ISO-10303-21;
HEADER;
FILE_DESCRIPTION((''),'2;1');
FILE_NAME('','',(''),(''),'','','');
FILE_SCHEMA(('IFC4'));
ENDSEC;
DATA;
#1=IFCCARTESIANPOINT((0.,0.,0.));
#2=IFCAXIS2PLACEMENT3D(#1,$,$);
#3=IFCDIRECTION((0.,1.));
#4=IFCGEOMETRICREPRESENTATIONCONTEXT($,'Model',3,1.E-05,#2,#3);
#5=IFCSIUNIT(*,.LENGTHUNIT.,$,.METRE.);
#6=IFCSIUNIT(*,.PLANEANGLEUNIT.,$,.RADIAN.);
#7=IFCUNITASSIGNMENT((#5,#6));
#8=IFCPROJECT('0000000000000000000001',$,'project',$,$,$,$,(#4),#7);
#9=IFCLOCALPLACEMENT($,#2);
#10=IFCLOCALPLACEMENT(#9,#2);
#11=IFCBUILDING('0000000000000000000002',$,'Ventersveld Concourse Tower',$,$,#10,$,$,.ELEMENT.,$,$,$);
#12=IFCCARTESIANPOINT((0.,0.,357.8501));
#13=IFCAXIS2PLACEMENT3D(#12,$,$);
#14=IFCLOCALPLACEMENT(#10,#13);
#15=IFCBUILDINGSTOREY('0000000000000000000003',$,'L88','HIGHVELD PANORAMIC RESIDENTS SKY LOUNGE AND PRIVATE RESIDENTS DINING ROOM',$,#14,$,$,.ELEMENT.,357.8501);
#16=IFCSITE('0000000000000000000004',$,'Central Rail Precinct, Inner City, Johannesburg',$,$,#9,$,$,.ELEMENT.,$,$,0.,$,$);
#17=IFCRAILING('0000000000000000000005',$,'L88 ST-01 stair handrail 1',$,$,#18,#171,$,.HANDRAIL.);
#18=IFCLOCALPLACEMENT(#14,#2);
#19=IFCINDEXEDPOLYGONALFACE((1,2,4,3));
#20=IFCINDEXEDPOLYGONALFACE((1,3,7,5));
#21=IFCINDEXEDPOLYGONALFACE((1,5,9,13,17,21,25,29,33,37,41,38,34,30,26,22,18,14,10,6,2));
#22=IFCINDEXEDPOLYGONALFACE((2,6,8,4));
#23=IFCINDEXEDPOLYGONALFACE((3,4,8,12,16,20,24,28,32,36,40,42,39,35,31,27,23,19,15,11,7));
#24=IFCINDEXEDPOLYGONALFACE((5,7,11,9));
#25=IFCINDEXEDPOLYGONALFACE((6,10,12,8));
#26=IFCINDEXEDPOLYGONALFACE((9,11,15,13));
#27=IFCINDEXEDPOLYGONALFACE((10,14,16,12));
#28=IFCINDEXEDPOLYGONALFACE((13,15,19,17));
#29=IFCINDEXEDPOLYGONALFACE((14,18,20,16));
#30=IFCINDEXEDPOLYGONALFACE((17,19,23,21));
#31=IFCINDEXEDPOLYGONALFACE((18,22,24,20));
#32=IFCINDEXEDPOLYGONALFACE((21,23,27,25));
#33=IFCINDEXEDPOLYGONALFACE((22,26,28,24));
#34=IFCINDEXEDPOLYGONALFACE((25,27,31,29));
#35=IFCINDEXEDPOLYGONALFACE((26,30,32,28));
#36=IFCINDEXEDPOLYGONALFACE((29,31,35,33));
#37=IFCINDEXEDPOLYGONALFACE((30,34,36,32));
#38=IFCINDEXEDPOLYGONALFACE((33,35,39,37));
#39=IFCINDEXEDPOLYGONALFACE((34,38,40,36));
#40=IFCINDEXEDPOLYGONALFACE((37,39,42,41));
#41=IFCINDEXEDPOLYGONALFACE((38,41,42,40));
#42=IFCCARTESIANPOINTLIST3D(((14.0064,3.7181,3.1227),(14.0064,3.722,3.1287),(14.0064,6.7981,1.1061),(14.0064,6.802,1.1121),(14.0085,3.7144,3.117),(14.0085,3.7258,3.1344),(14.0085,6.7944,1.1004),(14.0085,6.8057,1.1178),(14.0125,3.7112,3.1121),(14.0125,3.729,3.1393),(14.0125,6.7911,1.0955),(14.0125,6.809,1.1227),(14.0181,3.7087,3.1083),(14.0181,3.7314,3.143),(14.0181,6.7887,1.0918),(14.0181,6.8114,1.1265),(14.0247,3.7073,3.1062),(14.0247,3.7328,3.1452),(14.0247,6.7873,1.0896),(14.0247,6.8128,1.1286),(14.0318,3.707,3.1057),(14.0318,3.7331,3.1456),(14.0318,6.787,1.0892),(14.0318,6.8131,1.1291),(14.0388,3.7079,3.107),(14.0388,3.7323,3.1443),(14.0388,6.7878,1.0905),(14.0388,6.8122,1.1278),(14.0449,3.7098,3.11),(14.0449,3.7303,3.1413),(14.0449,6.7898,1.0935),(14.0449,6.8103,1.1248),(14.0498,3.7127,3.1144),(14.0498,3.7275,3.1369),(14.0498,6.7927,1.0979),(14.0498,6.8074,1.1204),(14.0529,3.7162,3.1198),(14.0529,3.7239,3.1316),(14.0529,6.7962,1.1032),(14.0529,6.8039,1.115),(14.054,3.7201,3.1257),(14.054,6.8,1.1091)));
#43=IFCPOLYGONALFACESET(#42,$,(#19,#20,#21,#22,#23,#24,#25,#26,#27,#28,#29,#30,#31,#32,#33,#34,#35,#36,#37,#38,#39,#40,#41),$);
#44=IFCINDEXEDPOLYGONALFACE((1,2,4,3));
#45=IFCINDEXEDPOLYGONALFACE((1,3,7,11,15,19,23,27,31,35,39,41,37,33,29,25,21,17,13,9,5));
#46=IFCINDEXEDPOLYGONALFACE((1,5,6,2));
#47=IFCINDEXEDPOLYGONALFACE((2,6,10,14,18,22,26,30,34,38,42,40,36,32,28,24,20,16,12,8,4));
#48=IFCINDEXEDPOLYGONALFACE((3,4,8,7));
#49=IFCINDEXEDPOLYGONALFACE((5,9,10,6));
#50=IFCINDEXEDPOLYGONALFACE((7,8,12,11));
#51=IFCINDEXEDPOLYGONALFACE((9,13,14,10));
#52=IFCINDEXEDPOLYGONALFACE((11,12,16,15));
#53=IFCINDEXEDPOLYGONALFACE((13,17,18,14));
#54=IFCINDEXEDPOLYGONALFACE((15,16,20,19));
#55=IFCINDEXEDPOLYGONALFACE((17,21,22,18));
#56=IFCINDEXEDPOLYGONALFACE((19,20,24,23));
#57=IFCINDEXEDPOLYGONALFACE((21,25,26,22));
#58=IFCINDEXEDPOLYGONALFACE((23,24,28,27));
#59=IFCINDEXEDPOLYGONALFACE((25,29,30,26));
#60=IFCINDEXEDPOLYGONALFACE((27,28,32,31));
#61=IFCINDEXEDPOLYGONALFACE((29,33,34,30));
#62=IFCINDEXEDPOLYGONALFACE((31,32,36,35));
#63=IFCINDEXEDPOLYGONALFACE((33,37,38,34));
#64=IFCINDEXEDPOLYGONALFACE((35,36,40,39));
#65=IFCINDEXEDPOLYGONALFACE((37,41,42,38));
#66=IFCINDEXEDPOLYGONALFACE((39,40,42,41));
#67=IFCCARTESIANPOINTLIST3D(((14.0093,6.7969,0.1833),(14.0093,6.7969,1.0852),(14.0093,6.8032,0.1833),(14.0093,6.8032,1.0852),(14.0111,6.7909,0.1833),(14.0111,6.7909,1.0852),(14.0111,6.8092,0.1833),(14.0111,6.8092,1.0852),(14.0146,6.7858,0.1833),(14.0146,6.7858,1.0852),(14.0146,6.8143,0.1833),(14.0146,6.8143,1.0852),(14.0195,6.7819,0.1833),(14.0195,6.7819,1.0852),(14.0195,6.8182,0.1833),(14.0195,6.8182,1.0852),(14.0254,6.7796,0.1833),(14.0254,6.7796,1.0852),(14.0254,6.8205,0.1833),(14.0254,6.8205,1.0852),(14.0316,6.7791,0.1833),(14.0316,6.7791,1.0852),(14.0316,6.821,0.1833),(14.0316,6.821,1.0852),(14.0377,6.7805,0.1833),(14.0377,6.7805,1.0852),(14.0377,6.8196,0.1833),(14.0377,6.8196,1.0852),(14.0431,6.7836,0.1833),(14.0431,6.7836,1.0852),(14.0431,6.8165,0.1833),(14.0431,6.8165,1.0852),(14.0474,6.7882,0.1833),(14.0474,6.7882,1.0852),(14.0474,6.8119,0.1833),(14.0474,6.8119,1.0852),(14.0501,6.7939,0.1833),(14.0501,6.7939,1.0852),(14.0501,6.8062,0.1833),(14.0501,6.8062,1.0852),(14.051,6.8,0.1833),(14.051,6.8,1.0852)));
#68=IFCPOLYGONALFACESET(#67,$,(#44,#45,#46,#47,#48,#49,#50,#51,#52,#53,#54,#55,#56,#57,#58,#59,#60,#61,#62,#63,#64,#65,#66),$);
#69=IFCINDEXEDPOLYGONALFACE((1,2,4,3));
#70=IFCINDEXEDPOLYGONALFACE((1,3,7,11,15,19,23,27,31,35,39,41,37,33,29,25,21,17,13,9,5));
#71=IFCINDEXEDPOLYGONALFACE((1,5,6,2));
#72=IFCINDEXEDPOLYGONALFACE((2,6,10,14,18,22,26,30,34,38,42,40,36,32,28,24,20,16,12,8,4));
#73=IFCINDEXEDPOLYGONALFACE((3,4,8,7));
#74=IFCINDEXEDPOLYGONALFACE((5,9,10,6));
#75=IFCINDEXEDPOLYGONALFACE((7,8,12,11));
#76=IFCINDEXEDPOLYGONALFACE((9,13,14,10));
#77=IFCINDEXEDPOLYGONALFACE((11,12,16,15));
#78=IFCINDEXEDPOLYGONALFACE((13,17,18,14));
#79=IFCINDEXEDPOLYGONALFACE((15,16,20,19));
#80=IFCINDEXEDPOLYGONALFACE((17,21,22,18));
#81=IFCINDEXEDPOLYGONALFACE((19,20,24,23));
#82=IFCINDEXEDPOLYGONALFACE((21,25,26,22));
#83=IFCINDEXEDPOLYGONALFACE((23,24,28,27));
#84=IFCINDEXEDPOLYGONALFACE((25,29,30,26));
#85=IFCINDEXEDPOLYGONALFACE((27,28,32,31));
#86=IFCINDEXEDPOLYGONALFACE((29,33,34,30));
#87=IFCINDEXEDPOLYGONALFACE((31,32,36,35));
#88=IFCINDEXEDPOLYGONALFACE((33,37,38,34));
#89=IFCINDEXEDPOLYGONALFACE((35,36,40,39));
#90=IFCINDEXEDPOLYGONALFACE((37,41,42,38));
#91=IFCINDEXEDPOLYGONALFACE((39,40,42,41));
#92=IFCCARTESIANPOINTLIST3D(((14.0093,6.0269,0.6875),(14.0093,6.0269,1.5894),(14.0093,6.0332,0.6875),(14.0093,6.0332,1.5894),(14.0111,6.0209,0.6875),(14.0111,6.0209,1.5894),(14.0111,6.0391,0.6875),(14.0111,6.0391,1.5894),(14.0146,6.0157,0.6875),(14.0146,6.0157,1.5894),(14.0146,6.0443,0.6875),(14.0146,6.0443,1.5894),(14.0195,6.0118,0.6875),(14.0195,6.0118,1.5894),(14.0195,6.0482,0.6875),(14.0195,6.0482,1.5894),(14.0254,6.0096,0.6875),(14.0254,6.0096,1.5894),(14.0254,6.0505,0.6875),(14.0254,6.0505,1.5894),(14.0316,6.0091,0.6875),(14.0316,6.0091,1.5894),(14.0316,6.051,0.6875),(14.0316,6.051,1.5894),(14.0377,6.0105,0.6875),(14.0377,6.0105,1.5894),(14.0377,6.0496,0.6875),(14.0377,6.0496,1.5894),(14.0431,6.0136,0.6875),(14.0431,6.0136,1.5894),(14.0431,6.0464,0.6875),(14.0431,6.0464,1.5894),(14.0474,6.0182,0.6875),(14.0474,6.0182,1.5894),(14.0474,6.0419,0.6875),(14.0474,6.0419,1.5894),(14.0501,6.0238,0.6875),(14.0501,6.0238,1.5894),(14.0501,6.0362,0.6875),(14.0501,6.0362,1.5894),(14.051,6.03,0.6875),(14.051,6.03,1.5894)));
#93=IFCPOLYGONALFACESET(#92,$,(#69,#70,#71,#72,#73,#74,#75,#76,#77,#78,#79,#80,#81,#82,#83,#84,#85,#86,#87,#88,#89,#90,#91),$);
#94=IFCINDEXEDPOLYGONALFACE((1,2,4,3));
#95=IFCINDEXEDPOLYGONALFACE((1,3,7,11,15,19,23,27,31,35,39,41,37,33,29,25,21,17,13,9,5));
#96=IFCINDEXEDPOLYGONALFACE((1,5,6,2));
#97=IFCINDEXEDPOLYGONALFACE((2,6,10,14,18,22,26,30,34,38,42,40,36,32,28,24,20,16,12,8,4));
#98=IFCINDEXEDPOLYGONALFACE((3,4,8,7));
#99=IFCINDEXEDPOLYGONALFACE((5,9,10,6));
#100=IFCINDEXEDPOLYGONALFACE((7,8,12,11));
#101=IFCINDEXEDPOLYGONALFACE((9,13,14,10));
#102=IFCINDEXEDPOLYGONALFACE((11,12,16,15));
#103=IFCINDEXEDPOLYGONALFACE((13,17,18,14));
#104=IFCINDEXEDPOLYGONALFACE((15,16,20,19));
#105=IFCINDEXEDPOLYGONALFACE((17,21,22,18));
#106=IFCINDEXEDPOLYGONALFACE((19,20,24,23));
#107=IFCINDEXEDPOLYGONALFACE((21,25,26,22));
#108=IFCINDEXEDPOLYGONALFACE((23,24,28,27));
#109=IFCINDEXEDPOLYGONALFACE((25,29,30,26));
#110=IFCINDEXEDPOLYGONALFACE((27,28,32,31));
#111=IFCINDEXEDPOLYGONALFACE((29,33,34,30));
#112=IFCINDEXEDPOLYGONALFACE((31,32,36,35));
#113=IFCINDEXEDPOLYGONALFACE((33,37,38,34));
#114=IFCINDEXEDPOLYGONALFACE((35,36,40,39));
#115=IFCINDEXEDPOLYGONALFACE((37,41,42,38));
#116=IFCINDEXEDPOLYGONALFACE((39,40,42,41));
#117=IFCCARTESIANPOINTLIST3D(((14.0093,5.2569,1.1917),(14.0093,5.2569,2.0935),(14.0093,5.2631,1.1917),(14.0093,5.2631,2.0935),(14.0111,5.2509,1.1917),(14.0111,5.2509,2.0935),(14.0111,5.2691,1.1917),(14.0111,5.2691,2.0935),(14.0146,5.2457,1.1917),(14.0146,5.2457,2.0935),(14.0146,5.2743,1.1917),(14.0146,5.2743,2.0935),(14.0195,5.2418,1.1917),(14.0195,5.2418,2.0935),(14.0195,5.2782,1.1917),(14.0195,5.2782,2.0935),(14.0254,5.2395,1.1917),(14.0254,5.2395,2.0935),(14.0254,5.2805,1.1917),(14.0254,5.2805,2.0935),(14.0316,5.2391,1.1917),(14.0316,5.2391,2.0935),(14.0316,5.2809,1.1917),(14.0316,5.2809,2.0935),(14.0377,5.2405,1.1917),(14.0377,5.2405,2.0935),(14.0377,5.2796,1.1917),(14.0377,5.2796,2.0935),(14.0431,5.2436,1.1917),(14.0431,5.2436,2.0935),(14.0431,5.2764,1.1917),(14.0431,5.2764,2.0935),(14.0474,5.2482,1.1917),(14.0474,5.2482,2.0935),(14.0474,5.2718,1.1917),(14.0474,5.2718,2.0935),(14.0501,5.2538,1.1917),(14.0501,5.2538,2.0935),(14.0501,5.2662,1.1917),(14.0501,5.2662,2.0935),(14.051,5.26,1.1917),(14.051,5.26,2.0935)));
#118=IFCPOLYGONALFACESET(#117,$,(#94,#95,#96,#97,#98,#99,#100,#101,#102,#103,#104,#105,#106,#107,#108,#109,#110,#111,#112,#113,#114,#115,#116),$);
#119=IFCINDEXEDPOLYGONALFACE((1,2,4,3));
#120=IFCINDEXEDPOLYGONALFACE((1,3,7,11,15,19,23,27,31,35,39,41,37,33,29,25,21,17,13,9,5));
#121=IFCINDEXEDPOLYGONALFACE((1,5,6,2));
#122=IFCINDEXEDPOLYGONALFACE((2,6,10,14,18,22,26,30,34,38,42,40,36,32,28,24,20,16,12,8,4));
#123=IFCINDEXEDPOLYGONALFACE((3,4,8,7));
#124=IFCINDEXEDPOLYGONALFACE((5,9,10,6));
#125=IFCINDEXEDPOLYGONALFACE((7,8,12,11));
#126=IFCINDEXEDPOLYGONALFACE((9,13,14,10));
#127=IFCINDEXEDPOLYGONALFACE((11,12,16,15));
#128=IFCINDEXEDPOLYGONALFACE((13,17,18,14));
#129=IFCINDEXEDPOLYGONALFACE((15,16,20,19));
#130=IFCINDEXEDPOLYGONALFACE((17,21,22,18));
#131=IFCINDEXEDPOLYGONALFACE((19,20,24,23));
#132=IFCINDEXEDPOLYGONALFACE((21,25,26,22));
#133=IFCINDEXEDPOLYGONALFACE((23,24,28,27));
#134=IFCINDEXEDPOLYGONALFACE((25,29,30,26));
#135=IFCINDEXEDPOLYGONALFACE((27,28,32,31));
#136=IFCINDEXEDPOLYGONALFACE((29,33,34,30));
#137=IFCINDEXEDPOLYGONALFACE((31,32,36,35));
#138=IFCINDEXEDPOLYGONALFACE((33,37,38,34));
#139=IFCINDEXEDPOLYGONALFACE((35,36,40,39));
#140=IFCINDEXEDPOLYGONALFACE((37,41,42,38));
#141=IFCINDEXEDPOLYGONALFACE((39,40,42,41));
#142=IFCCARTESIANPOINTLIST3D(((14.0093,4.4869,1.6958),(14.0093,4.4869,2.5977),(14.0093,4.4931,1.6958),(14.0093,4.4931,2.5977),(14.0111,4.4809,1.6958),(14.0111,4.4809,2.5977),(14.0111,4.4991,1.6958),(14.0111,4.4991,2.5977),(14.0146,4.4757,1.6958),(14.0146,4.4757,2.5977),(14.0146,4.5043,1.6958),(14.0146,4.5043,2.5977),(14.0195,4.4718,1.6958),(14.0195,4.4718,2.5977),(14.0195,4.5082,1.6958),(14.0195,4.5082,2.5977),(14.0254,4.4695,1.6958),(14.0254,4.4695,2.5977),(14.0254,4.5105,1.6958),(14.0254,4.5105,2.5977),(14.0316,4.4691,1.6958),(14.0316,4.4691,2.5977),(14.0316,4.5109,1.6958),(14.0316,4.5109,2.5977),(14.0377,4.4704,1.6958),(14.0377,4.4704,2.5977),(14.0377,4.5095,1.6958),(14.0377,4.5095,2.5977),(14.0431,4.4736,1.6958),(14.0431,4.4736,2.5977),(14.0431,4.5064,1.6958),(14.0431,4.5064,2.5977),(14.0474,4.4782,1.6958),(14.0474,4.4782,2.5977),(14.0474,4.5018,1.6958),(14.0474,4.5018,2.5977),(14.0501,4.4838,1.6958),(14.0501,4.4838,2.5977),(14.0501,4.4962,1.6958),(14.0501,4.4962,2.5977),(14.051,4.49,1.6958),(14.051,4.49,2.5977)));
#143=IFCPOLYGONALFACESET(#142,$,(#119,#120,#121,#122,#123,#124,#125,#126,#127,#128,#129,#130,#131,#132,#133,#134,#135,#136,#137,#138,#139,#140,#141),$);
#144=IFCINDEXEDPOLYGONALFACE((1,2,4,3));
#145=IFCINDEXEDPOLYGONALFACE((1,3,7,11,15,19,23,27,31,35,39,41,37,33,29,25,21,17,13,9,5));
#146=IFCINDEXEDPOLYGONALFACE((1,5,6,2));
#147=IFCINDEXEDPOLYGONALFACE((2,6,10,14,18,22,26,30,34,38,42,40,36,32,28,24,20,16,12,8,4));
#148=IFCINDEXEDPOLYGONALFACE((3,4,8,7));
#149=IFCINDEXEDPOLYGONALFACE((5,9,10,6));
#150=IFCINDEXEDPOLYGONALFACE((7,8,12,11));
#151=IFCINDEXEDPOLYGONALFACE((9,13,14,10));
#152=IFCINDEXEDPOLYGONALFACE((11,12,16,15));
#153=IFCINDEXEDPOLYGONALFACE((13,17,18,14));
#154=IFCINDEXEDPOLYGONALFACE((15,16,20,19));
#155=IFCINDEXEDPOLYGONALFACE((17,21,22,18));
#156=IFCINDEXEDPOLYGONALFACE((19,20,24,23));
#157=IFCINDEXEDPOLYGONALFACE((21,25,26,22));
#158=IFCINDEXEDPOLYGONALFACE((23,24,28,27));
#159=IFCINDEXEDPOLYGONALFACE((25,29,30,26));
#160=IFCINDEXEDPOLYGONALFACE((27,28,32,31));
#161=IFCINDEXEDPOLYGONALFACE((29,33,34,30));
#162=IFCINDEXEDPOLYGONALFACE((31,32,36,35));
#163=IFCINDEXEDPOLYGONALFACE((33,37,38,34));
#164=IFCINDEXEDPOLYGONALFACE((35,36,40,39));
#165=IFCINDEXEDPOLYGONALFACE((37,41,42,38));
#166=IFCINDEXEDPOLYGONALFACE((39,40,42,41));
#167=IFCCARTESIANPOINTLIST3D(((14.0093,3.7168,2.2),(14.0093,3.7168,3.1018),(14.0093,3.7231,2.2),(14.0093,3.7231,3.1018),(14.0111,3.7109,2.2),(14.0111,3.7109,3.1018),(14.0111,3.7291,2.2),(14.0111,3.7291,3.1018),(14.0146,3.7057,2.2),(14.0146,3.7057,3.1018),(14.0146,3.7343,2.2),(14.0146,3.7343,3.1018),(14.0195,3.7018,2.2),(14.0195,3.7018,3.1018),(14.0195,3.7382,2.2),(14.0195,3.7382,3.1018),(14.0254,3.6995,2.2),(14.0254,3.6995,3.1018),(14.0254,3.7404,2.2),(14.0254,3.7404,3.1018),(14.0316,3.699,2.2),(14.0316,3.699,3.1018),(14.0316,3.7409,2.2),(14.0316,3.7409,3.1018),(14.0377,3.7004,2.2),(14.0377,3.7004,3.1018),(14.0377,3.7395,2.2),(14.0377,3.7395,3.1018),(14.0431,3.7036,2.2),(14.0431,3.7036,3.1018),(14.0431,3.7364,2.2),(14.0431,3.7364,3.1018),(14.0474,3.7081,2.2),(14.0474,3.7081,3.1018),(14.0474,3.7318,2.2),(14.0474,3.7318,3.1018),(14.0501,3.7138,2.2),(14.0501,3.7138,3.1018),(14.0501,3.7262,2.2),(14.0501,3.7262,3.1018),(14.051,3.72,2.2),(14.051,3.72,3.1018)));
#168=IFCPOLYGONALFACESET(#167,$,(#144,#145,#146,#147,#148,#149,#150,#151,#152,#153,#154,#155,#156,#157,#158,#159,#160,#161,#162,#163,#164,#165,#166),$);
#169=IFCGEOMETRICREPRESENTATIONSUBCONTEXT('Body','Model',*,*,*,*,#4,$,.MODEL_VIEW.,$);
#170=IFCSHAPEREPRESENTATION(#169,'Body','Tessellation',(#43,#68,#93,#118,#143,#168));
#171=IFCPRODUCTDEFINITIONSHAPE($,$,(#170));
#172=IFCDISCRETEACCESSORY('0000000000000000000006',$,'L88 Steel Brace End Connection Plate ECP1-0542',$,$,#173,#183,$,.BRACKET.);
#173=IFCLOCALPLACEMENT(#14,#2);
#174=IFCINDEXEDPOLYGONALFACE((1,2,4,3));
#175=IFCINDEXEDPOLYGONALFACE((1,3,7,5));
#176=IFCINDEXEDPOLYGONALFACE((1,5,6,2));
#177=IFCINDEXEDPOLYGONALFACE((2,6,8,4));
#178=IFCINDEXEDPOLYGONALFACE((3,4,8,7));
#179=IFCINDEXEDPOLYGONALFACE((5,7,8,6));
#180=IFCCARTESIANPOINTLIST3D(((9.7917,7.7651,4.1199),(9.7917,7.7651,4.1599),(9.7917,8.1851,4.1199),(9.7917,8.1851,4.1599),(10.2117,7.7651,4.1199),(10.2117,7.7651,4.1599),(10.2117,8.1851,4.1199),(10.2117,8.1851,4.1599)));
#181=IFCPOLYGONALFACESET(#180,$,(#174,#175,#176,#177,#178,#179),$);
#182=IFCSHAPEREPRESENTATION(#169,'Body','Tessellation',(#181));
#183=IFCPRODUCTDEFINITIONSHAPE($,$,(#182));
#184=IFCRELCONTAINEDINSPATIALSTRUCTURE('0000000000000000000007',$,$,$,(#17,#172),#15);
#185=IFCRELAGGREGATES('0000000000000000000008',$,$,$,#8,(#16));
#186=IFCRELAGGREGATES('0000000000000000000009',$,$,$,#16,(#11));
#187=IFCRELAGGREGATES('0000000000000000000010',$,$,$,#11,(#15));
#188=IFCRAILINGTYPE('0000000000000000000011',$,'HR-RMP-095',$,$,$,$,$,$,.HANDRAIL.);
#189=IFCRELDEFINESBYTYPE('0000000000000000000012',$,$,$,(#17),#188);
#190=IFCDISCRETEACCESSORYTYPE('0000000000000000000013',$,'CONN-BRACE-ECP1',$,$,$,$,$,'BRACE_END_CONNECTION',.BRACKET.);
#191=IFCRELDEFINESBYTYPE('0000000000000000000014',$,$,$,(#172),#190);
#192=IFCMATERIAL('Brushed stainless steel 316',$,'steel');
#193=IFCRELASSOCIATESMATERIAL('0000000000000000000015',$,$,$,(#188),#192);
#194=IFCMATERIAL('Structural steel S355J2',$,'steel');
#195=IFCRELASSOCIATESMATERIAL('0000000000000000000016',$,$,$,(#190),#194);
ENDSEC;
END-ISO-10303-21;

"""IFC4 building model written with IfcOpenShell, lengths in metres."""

from ifc_helpers import new_model, si_unit, direction, frame, origin, origin_2d, place, context, subcontext, project, spatial, rectangle, circle, extrude, material, type_object, element, save


model = new_model("IFC4")

# Units and contexts
model_context = context("Model", 3, precision=1e-05, world=origin(), true_north=direction((0.0, 1.0)))
body_context = subcontext(model_context, "Body", "Model", "MODEL_VIEW")
ifc_project = project(units=[si_unit("LENGTHUNIT", "METRE"), si_unit("PLANEANGLEUNIT", "RADIAN")], contexts=[model_context])

# Site, building, storey
site_placement = place(None, origin())
site = spatial("IfcSite", under=ifc_project, at=site_placement, Name="Central Rail Precinct, Inner City, Johannesburg", CompositionType="ELEMENT", RefElevation=0.0)
building_placement = place(site_placement, origin())
building = spatial("IfcBuilding", under=site, at=building_placement, Name="Ventersveld Concourse Tower", CompositionType="ELEMENT")
storey_placement = place(building_placement, frame((0.0, 0.0, 357.8501)))
storey = spatial("IfcBuildingStorey", under=building, at=storey_placement, Name="L88", Description="HIGHVELD PANORAMIC RESIDENTS SKY LOUNGE AND PRIVATE RESIDENTS DINING ROOM", CompositionType="ELEMENT", Elevation=357.8501)

# Shared definitions
ifc_material_1 = material(Name="Structural steel S355J2", Category="steel")

# Railing
ifc_material_2 = material(Name="Brushed stainless steel 316", Category="steel")
railing_type = type_object("IfcRailingType", Name="HR-RMP-095", PredefinedType="HANDRAIL", material=ifc_material_2)
railing_placement = place(storey_placement, frame((14.03, 6.8, 0.1833)))
element("IfcRailing", 1, at=railing_placement, inside=storey, type_object=railing_type, Name="L88 ST-01 stair handrail 1", PredefinedType="HANDRAIL", context=body_context, shape_type="SweptSolid", body=[
    extrude(circle(Radius=0.0239, at=origin_2d()), frame((0.0, 0.0, 0.9258), z_axis=(0.0, -0.836633, 0.547764), x_axis=(1.0, 0.0, 0.0)), (0.0, 0.0, 1.0), 3.6814),
    extrude(circle(Radius=0.021, at=origin_2d()), origin(), (0.0, 0.0, 1.0), 0.9019),
    extrude(circle(Radius=0.021, at=origin_2d()), frame((0.0, -0.77, 0.5042)), (0.0, 0.0, 1.0), 0.9019),
    extrude(circle(Radius=0.021, at=origin_2d()), frame((0.0, -1.54, 1.0083)), (0.0, 0.0, 1.0), 0.9019),
    extrude(circle(Radius=0.021, at=origin_2d()), frame((0.0, -2.3101, 1.5125)), (0.0, 0.0, 1.0), 0.9019),
    extrude(circle(Radius=0.021, at=origin_2d()), frame((0.0, -3.0801, 2.0166)), (0.0, 0.0, 1.0), 0.9019),
])

# Discrete accessory
discrete_accessory_type = type_object("IfcDiscreteAccessoryType", Name="CONN-BRACE-ECP1", ElementType="BRACE_END_CONNECTION", PredefinedType="BRACKET", material=ifc_material_1)
discrete_accessory_placement = place(storey_placement, frame((10.0017, 7.9751, 4.1199), z_axis=(0.0, 0.0, 1.0), x_axis=(1.0, 0.0, 0.0)))
element("IfcDiscreteAccessory", 2, at=discrete_accessory_placement, inside=storey, type_object=discrete_accessory_type, Name="L88 Steel Brace End Connection Plate ECP1-0542", PredefinedType="BRACKET", context=body_context, shape_type="SweptSolid", body=[
    extrude(rectangle(XDim=0.4199, YDim=0.4199, at=origin_2d()), origin(), (0.0, 0.0, 1.0), 0.04),
])

save(model, "model.ifc")
